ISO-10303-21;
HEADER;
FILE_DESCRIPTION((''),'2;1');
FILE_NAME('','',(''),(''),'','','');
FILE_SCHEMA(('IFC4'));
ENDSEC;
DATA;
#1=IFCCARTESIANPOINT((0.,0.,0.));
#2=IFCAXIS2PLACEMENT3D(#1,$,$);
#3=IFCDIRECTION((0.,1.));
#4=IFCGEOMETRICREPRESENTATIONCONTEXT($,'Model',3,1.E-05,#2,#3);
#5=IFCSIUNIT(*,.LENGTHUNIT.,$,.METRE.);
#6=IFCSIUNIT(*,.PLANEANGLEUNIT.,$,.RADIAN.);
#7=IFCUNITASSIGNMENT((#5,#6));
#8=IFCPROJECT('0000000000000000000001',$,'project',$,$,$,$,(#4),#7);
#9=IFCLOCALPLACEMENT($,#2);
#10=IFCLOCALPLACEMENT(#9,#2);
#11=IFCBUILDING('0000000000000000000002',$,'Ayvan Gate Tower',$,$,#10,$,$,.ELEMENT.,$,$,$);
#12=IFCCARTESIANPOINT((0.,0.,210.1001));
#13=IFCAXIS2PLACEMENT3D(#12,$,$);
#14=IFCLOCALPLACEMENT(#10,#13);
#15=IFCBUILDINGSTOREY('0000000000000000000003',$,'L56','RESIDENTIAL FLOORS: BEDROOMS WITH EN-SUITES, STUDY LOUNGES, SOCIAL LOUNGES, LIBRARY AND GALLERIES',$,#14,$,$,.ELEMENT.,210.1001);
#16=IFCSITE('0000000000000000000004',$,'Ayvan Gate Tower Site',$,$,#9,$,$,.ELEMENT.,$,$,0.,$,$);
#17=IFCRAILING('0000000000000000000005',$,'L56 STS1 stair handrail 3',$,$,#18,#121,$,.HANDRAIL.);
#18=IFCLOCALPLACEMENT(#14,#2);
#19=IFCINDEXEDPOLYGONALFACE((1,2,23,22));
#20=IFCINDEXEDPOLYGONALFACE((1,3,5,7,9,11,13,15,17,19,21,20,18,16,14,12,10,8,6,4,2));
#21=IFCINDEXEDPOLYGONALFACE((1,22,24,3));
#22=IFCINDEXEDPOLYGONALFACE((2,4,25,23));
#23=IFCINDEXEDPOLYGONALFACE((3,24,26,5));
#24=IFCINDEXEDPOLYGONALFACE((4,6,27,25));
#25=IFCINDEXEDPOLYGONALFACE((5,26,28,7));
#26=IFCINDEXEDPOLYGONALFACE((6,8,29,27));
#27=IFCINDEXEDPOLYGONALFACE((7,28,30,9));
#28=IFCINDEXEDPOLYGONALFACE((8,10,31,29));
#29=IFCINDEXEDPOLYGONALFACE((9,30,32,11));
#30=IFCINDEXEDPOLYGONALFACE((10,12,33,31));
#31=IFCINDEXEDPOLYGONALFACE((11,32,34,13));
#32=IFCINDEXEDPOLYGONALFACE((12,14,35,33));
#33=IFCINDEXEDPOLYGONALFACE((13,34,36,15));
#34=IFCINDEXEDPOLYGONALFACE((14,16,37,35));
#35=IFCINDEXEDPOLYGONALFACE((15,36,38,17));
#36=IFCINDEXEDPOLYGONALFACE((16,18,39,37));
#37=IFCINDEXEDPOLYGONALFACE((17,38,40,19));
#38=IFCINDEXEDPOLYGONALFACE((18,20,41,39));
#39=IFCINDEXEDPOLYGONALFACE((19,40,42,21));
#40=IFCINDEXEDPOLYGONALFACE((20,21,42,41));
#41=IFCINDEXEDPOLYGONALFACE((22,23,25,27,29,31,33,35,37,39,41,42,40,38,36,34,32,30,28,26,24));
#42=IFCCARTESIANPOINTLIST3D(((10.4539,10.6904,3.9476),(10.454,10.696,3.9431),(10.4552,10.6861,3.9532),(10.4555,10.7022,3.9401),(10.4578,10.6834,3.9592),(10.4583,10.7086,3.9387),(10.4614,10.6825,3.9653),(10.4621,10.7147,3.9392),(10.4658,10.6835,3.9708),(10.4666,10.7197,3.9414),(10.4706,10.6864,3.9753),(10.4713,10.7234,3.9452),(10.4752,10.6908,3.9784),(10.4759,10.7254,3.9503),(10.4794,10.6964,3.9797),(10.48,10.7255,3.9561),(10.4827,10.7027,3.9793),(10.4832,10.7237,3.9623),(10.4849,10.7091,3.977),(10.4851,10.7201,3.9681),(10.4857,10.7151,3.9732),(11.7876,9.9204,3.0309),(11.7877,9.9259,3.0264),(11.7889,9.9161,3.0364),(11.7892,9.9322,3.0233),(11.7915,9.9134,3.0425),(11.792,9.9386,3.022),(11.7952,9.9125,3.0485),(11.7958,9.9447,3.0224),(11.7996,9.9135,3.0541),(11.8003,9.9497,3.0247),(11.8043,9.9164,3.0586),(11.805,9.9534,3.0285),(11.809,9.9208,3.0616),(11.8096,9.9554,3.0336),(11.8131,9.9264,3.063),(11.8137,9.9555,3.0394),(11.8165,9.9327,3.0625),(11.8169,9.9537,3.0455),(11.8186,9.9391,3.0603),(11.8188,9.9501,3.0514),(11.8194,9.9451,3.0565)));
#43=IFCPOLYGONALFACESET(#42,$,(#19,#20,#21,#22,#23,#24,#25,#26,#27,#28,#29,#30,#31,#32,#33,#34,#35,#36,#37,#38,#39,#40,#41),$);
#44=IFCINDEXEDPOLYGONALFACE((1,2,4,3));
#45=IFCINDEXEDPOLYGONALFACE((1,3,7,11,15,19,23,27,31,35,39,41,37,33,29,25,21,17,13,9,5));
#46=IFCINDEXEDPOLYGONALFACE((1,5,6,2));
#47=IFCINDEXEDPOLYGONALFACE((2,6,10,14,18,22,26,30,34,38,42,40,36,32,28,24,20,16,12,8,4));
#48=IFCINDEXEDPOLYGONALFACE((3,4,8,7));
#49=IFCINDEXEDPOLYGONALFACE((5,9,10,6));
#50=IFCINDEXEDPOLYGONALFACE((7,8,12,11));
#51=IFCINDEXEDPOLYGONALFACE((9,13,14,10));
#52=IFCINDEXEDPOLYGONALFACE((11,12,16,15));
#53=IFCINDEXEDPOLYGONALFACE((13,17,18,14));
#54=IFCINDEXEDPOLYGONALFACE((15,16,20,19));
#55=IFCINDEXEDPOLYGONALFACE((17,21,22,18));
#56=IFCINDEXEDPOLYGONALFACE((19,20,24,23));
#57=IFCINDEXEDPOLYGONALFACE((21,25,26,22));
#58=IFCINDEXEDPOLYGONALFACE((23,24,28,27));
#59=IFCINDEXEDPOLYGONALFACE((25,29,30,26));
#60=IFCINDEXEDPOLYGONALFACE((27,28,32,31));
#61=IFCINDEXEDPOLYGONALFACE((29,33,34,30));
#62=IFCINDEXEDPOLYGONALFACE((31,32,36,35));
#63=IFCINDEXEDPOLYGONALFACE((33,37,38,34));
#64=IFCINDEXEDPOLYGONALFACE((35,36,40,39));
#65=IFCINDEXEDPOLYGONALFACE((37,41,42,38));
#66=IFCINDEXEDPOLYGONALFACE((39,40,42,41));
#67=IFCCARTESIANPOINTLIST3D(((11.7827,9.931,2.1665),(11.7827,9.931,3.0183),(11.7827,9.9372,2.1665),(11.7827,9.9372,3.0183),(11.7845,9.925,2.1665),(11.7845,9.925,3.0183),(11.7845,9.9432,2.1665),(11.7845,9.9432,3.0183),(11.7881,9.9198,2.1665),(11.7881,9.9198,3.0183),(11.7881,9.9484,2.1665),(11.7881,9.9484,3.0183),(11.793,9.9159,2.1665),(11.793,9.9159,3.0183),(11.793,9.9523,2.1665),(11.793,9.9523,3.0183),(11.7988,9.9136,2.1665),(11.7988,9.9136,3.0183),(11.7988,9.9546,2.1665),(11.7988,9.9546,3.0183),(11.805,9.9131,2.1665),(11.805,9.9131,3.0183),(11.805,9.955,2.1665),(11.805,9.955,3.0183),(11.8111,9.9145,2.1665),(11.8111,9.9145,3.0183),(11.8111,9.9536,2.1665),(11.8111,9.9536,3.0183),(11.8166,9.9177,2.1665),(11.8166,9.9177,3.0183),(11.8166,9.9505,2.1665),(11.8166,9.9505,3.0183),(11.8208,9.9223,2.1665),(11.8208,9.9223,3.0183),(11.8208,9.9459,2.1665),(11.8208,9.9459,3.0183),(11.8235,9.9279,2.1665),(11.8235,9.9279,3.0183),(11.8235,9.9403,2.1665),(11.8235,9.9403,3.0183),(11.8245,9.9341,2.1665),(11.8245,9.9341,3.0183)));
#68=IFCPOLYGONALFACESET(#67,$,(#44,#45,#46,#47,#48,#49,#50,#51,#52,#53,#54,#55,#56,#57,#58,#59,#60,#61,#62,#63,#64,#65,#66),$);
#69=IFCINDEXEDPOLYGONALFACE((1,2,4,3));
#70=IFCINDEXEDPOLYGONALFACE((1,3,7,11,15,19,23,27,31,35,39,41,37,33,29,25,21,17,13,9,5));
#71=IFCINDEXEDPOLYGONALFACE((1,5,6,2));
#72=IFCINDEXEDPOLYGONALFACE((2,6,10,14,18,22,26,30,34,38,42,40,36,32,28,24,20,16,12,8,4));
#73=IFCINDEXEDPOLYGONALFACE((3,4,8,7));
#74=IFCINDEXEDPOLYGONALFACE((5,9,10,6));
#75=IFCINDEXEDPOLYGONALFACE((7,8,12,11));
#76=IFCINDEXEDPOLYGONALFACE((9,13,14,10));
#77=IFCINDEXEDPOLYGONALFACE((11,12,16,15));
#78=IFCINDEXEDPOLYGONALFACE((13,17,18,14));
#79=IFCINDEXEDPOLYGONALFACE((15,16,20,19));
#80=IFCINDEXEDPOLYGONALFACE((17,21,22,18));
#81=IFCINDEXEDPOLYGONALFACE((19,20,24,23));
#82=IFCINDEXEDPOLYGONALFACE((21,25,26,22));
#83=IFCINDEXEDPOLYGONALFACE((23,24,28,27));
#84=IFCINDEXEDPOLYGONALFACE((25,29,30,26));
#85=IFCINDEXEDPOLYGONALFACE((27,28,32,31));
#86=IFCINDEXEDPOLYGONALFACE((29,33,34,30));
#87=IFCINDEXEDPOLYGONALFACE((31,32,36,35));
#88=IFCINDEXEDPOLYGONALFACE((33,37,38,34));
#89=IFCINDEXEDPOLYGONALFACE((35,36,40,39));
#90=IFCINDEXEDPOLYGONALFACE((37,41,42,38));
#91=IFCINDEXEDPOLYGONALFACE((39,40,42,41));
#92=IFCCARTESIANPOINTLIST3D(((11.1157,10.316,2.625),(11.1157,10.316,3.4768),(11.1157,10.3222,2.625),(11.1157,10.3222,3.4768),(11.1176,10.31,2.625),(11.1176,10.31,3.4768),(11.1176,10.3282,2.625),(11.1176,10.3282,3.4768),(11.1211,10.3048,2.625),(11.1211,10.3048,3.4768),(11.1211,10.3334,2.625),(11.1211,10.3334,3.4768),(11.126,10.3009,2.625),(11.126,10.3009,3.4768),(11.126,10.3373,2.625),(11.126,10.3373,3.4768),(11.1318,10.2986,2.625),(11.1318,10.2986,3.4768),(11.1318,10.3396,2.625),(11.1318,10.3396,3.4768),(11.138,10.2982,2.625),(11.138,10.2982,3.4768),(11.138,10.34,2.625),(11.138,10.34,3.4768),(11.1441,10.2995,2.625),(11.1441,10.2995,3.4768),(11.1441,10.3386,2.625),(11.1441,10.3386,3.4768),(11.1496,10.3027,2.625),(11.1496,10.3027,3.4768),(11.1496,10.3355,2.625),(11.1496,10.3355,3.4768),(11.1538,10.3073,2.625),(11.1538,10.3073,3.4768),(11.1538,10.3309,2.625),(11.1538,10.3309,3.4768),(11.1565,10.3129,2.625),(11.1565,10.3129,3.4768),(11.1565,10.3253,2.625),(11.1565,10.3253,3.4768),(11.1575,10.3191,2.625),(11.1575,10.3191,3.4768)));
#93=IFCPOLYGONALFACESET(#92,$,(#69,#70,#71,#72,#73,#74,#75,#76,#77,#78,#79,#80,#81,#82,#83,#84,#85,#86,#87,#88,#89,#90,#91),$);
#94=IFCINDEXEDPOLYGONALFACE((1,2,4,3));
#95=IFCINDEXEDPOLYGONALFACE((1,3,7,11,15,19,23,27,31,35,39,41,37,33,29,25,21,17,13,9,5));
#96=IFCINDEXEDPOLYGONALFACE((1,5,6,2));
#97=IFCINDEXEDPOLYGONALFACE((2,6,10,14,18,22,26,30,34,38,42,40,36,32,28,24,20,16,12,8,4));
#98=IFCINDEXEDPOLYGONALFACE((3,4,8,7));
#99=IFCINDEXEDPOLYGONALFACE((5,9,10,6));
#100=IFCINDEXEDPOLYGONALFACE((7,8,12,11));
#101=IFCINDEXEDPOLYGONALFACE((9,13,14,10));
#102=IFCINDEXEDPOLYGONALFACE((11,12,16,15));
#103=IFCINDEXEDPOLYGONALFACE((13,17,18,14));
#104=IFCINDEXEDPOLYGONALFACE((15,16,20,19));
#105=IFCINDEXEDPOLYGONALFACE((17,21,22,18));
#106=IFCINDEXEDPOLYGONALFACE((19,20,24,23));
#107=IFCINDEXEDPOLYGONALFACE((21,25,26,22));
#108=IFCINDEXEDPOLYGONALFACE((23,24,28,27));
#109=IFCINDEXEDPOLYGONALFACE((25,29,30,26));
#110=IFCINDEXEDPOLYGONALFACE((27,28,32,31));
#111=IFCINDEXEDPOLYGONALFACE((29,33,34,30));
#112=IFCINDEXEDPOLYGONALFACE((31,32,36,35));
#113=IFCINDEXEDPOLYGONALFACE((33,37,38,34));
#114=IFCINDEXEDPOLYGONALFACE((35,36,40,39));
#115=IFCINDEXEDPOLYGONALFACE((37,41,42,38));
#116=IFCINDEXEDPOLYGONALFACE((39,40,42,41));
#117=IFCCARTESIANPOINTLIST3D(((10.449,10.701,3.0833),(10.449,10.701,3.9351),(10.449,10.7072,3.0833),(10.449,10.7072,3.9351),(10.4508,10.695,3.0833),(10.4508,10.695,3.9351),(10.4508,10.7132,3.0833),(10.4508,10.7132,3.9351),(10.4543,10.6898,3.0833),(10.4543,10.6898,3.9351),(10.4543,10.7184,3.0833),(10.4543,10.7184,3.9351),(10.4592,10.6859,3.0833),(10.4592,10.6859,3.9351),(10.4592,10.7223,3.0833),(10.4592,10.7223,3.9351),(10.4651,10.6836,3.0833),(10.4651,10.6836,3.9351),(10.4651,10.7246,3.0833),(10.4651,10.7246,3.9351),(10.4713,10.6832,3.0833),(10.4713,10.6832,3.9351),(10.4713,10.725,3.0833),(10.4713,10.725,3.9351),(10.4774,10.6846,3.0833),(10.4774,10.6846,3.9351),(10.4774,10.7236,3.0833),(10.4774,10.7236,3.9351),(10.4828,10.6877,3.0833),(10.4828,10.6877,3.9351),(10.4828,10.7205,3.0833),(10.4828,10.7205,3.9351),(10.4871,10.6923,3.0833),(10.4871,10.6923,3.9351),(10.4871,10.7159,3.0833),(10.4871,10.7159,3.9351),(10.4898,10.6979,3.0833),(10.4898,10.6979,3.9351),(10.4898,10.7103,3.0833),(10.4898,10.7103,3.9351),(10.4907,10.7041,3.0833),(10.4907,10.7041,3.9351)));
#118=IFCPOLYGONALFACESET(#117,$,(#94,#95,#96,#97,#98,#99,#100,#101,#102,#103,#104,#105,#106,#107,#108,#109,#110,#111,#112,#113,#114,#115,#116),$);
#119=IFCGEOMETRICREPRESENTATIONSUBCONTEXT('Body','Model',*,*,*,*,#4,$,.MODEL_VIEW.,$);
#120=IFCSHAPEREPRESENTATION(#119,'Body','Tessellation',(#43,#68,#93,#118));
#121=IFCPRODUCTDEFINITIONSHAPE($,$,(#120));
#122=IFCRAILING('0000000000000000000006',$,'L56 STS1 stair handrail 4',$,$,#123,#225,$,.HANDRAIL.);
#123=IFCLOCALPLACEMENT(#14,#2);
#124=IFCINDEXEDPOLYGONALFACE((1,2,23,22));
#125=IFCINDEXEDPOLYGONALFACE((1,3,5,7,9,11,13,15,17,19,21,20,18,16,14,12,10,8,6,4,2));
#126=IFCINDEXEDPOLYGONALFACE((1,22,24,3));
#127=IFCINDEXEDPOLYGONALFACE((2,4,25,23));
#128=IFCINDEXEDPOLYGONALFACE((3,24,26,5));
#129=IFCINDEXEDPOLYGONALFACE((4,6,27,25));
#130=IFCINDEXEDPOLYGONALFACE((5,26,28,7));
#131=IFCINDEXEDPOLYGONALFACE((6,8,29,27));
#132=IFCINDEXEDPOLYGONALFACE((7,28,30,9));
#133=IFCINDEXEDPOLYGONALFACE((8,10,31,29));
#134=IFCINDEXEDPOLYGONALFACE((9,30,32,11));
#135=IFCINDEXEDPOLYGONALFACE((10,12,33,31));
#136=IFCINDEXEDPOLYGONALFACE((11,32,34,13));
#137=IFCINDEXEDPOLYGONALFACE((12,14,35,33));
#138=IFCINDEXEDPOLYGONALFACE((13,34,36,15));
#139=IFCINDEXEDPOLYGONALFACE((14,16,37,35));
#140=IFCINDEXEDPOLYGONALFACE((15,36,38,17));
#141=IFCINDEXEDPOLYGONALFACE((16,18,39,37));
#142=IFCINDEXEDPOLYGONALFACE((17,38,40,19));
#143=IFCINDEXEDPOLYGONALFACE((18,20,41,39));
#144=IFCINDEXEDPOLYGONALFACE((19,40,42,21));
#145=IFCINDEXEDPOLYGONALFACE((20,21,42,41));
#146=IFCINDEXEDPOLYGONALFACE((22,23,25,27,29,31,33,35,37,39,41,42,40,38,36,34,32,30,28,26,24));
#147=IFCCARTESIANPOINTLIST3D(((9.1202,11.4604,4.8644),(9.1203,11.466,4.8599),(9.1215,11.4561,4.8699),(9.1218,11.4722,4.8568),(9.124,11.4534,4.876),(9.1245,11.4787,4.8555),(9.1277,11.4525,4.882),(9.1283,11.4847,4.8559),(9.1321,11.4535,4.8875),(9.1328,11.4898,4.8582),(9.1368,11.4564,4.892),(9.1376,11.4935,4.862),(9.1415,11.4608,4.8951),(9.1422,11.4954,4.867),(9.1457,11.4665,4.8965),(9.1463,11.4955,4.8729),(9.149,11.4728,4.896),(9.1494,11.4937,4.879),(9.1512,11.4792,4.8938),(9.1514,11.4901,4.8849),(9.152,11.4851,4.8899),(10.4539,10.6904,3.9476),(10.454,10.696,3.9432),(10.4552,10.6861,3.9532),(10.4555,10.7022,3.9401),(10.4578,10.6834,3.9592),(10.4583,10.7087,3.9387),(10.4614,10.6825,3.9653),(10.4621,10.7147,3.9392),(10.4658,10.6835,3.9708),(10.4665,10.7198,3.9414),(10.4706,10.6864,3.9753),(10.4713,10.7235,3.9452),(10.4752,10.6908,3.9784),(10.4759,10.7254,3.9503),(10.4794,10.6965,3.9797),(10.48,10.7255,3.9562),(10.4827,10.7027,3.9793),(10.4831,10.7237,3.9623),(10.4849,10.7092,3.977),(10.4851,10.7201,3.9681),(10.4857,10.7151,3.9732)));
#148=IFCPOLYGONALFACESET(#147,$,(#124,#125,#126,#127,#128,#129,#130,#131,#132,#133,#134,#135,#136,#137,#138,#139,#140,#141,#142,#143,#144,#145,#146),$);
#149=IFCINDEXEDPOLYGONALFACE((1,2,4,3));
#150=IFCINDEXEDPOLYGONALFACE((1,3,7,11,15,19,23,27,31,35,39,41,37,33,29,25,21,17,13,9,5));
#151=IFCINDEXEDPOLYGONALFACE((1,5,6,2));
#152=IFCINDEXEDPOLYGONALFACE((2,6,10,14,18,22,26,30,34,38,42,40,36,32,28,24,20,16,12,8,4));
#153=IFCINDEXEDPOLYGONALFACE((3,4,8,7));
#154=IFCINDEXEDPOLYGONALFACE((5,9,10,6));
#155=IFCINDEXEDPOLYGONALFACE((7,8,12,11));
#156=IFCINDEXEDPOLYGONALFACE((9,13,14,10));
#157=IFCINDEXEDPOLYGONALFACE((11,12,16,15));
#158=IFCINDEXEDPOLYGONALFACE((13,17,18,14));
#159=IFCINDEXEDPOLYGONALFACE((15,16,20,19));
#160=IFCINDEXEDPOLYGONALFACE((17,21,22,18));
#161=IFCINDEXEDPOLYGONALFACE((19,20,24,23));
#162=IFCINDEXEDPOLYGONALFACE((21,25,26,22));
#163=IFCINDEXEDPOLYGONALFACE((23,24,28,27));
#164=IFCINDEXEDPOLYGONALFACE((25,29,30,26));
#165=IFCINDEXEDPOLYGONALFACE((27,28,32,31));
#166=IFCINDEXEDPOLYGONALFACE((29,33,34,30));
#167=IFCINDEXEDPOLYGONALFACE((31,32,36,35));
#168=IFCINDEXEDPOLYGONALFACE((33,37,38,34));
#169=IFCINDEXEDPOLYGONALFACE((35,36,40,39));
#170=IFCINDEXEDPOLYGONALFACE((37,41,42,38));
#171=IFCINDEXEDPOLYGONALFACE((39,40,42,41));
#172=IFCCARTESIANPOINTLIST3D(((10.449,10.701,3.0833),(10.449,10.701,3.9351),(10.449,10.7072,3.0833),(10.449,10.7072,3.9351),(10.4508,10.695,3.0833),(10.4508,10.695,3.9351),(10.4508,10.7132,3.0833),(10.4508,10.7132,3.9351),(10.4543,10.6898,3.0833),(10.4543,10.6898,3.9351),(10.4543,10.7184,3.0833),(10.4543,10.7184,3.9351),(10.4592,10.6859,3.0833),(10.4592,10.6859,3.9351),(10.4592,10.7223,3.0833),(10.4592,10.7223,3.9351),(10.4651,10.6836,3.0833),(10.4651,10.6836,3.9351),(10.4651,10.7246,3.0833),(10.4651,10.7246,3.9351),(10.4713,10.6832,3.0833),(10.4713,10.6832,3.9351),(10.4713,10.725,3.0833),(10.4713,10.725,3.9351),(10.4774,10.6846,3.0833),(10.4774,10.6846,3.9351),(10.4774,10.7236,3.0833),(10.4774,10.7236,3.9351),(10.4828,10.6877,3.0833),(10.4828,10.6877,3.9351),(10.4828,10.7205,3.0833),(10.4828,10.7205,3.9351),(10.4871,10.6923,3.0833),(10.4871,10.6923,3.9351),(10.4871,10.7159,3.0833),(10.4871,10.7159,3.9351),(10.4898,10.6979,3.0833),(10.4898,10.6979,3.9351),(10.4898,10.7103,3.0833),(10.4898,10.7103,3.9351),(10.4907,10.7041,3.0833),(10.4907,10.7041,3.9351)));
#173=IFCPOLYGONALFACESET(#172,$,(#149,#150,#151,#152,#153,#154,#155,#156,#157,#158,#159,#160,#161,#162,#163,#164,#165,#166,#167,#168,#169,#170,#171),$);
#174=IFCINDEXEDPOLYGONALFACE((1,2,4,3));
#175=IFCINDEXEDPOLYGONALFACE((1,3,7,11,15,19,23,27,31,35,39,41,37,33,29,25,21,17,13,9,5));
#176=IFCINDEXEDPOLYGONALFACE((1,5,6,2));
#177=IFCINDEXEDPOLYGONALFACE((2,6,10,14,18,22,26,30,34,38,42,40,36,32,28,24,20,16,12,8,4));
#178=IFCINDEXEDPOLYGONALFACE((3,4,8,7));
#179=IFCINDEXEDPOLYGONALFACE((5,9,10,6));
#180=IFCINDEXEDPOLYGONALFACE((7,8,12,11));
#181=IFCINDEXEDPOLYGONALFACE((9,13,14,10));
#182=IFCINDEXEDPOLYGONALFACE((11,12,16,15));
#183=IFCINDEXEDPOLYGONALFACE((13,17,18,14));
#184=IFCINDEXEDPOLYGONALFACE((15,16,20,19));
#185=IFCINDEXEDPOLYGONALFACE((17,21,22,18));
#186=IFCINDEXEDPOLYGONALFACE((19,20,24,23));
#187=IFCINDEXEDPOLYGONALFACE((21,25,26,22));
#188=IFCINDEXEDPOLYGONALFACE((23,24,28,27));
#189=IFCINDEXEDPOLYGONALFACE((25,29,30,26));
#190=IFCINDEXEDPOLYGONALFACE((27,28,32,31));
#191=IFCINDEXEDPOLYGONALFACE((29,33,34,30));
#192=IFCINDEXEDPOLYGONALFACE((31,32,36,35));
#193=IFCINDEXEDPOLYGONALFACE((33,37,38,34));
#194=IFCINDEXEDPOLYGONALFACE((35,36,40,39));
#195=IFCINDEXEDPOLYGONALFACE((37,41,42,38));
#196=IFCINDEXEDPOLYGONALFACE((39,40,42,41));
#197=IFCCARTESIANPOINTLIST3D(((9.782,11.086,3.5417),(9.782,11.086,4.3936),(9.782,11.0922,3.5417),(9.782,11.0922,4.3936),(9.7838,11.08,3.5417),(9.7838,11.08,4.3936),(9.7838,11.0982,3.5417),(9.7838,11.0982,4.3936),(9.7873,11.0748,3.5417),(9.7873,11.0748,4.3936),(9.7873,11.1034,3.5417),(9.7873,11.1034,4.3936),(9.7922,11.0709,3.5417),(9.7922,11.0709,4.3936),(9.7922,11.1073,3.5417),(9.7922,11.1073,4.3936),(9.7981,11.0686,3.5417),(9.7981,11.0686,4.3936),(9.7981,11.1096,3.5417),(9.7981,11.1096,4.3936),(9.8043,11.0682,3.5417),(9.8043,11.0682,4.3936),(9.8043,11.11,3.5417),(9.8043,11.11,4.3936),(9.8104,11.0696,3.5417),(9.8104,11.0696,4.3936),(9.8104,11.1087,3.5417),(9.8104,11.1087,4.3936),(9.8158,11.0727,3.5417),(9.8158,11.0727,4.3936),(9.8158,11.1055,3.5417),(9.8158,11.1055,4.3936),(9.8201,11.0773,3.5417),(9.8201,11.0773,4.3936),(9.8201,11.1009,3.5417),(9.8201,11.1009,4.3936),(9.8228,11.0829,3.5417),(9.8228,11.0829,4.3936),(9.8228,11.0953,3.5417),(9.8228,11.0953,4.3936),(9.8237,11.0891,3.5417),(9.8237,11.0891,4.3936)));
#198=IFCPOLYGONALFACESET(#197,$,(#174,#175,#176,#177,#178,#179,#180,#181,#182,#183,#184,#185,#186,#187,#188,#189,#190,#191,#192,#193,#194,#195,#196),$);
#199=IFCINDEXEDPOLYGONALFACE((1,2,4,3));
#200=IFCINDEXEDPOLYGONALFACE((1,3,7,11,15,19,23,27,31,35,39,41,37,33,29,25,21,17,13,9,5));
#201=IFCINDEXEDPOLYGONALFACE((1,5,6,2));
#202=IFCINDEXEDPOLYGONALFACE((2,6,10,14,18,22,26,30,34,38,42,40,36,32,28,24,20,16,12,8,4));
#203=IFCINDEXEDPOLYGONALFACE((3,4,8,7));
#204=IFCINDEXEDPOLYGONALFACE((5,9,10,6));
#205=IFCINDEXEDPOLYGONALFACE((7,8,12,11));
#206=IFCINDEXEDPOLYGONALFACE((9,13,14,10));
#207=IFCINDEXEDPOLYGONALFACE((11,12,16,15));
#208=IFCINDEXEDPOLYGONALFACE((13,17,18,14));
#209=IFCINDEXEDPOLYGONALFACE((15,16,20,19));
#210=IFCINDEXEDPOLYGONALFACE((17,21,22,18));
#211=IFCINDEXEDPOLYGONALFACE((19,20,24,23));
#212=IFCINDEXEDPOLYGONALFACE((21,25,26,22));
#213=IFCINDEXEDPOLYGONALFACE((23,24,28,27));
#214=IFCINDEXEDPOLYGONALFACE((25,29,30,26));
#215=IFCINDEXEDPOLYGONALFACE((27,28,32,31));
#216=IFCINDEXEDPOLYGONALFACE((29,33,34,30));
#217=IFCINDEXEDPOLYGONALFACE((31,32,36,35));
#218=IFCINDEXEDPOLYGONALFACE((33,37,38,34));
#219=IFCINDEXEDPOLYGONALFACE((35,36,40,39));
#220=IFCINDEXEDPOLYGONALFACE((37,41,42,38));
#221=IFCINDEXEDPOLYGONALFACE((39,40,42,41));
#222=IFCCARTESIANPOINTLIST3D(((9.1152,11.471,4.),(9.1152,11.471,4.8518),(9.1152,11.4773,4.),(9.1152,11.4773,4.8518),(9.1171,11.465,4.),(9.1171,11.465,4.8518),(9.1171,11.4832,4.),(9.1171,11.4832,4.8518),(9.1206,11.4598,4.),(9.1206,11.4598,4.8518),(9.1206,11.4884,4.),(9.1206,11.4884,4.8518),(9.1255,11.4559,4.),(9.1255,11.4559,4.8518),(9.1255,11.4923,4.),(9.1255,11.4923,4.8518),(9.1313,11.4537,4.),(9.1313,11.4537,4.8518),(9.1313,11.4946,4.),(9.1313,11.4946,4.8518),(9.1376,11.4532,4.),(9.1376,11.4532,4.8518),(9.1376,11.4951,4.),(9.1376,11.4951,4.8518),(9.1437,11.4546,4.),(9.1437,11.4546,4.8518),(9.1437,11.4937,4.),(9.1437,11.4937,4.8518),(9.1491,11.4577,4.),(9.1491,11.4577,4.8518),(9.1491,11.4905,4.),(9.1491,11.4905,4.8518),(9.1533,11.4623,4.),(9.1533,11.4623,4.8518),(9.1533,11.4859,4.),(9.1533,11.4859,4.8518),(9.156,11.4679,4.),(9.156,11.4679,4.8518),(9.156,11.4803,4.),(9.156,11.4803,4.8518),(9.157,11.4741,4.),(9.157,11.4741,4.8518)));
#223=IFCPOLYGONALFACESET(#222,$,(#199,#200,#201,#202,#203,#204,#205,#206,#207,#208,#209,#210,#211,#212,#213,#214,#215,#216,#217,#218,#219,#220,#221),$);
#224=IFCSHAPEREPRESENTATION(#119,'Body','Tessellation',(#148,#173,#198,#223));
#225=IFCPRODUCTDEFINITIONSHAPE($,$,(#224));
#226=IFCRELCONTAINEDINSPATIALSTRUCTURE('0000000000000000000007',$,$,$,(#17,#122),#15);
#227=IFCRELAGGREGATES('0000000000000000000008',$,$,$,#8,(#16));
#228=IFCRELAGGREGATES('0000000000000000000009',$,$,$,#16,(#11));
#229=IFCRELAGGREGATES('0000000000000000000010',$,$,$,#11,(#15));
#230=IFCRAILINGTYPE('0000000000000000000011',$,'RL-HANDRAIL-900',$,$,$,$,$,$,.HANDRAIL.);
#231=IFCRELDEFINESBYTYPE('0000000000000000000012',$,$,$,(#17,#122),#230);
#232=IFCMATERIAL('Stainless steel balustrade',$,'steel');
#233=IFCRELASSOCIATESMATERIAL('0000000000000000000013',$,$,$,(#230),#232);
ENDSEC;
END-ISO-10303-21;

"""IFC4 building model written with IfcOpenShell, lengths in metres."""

from ifc_helpers import new_model, si_unit, direction, frame, origin, origin_2d, place, context, subcontext, project, spatial, circle, extrude, material, type_object, element, save


model = new_model("IFC4")

# Units and contexts
model_context = context("Model", 3, precision=1e-05, world=origin(), true_north=direction((0.0, 1.0)))
body_context = subcontext(model_context, "Body", "Model", "MODEL_VIEW")
ifc_project = project(units=[si_unit("LENGTHUNIT", "METRE"), si_unit("PLANEANGLEUNIT", "RADIAN")], contexts=[model_context])

# Site, building, storey
site_placement = place(None, origin())
site = spatial("IfcSite", under=ifc_project, at=site_placement, Name="Ayvan Gate Tower Site", CompositionType="ELEMENT", RefElevation=0.0)
building_placement = place(site_placement, origin())
building = spatial("IfcBuilding", under=site, at=building_placement, Name="Ayvan Gate Tower", CompositionType="ELEMENT")
storey_placement = place(building_placement, frame((0.0, 0.0, 210.1001)))
storey = spatial("IfcBuildingStorey", under=building, at=storey_placement, Name="L56", Description="RESIDENTIAL FLOORS: BEDROOMS WITH EN-SUITES, STUDY LOUNGES, SOCIAL LOUNGES, LIBRARY AND GALLERIES", CompositionType="ELEMENT", Elevation=210.1001)

# Railings
ifc_material_1 = material(Name="Stainless steel balustrade", Category="steel")
railing_type_1 = type_object("IfcRailingType", Name="RL-HANDRAIL-900", PredefinedType="HANDRAIL", material=ifc_material_1)
for number, where, name in (
    (1, (11.8035, 9.9341, 2.1665), "L56 STS1 stair handrail 3"),
    (2, (10.4697, 10.7041, 3.0833), "L56 STS1 stair handrail 4"),
):
    element("IfcRailing", number, at=place(storey_placement, frame(where)), inside=storey, type_object=railing_type_1, Name=name, PredefinedType="HANDRAIL", context=body_context, shape_type="SweptSolid", body=[
        extrude(circle(Radius=0.0239, at=origin_2d()), frame((0.0, 0.0, 0.876), z_axis=(-0.744164, 0.429634, 0.511502), x_axis=(-0.499992, -0.86603, 0.0)), (0.0, 0.0, 1.0), 1.7922),
        extrude(circle(Radius=0.021, at=origin_2d()), origin(), (0.0, 0.0, 1.0), 0.8518),
        extrude(circle(Radius=0.021, at=origin_2d()), frame((-0.667, 0.385, 0.4585)), (0.0, 0.0, 1.0), 0.8518),
        extrude(circle(Radius=0.021, at=origin_2d()), frame((-1.3337, 0.77, 0.9167)), (0.0, 0.0, 1.0), 0.8518),
    ])

save(model, "model.ifc")
